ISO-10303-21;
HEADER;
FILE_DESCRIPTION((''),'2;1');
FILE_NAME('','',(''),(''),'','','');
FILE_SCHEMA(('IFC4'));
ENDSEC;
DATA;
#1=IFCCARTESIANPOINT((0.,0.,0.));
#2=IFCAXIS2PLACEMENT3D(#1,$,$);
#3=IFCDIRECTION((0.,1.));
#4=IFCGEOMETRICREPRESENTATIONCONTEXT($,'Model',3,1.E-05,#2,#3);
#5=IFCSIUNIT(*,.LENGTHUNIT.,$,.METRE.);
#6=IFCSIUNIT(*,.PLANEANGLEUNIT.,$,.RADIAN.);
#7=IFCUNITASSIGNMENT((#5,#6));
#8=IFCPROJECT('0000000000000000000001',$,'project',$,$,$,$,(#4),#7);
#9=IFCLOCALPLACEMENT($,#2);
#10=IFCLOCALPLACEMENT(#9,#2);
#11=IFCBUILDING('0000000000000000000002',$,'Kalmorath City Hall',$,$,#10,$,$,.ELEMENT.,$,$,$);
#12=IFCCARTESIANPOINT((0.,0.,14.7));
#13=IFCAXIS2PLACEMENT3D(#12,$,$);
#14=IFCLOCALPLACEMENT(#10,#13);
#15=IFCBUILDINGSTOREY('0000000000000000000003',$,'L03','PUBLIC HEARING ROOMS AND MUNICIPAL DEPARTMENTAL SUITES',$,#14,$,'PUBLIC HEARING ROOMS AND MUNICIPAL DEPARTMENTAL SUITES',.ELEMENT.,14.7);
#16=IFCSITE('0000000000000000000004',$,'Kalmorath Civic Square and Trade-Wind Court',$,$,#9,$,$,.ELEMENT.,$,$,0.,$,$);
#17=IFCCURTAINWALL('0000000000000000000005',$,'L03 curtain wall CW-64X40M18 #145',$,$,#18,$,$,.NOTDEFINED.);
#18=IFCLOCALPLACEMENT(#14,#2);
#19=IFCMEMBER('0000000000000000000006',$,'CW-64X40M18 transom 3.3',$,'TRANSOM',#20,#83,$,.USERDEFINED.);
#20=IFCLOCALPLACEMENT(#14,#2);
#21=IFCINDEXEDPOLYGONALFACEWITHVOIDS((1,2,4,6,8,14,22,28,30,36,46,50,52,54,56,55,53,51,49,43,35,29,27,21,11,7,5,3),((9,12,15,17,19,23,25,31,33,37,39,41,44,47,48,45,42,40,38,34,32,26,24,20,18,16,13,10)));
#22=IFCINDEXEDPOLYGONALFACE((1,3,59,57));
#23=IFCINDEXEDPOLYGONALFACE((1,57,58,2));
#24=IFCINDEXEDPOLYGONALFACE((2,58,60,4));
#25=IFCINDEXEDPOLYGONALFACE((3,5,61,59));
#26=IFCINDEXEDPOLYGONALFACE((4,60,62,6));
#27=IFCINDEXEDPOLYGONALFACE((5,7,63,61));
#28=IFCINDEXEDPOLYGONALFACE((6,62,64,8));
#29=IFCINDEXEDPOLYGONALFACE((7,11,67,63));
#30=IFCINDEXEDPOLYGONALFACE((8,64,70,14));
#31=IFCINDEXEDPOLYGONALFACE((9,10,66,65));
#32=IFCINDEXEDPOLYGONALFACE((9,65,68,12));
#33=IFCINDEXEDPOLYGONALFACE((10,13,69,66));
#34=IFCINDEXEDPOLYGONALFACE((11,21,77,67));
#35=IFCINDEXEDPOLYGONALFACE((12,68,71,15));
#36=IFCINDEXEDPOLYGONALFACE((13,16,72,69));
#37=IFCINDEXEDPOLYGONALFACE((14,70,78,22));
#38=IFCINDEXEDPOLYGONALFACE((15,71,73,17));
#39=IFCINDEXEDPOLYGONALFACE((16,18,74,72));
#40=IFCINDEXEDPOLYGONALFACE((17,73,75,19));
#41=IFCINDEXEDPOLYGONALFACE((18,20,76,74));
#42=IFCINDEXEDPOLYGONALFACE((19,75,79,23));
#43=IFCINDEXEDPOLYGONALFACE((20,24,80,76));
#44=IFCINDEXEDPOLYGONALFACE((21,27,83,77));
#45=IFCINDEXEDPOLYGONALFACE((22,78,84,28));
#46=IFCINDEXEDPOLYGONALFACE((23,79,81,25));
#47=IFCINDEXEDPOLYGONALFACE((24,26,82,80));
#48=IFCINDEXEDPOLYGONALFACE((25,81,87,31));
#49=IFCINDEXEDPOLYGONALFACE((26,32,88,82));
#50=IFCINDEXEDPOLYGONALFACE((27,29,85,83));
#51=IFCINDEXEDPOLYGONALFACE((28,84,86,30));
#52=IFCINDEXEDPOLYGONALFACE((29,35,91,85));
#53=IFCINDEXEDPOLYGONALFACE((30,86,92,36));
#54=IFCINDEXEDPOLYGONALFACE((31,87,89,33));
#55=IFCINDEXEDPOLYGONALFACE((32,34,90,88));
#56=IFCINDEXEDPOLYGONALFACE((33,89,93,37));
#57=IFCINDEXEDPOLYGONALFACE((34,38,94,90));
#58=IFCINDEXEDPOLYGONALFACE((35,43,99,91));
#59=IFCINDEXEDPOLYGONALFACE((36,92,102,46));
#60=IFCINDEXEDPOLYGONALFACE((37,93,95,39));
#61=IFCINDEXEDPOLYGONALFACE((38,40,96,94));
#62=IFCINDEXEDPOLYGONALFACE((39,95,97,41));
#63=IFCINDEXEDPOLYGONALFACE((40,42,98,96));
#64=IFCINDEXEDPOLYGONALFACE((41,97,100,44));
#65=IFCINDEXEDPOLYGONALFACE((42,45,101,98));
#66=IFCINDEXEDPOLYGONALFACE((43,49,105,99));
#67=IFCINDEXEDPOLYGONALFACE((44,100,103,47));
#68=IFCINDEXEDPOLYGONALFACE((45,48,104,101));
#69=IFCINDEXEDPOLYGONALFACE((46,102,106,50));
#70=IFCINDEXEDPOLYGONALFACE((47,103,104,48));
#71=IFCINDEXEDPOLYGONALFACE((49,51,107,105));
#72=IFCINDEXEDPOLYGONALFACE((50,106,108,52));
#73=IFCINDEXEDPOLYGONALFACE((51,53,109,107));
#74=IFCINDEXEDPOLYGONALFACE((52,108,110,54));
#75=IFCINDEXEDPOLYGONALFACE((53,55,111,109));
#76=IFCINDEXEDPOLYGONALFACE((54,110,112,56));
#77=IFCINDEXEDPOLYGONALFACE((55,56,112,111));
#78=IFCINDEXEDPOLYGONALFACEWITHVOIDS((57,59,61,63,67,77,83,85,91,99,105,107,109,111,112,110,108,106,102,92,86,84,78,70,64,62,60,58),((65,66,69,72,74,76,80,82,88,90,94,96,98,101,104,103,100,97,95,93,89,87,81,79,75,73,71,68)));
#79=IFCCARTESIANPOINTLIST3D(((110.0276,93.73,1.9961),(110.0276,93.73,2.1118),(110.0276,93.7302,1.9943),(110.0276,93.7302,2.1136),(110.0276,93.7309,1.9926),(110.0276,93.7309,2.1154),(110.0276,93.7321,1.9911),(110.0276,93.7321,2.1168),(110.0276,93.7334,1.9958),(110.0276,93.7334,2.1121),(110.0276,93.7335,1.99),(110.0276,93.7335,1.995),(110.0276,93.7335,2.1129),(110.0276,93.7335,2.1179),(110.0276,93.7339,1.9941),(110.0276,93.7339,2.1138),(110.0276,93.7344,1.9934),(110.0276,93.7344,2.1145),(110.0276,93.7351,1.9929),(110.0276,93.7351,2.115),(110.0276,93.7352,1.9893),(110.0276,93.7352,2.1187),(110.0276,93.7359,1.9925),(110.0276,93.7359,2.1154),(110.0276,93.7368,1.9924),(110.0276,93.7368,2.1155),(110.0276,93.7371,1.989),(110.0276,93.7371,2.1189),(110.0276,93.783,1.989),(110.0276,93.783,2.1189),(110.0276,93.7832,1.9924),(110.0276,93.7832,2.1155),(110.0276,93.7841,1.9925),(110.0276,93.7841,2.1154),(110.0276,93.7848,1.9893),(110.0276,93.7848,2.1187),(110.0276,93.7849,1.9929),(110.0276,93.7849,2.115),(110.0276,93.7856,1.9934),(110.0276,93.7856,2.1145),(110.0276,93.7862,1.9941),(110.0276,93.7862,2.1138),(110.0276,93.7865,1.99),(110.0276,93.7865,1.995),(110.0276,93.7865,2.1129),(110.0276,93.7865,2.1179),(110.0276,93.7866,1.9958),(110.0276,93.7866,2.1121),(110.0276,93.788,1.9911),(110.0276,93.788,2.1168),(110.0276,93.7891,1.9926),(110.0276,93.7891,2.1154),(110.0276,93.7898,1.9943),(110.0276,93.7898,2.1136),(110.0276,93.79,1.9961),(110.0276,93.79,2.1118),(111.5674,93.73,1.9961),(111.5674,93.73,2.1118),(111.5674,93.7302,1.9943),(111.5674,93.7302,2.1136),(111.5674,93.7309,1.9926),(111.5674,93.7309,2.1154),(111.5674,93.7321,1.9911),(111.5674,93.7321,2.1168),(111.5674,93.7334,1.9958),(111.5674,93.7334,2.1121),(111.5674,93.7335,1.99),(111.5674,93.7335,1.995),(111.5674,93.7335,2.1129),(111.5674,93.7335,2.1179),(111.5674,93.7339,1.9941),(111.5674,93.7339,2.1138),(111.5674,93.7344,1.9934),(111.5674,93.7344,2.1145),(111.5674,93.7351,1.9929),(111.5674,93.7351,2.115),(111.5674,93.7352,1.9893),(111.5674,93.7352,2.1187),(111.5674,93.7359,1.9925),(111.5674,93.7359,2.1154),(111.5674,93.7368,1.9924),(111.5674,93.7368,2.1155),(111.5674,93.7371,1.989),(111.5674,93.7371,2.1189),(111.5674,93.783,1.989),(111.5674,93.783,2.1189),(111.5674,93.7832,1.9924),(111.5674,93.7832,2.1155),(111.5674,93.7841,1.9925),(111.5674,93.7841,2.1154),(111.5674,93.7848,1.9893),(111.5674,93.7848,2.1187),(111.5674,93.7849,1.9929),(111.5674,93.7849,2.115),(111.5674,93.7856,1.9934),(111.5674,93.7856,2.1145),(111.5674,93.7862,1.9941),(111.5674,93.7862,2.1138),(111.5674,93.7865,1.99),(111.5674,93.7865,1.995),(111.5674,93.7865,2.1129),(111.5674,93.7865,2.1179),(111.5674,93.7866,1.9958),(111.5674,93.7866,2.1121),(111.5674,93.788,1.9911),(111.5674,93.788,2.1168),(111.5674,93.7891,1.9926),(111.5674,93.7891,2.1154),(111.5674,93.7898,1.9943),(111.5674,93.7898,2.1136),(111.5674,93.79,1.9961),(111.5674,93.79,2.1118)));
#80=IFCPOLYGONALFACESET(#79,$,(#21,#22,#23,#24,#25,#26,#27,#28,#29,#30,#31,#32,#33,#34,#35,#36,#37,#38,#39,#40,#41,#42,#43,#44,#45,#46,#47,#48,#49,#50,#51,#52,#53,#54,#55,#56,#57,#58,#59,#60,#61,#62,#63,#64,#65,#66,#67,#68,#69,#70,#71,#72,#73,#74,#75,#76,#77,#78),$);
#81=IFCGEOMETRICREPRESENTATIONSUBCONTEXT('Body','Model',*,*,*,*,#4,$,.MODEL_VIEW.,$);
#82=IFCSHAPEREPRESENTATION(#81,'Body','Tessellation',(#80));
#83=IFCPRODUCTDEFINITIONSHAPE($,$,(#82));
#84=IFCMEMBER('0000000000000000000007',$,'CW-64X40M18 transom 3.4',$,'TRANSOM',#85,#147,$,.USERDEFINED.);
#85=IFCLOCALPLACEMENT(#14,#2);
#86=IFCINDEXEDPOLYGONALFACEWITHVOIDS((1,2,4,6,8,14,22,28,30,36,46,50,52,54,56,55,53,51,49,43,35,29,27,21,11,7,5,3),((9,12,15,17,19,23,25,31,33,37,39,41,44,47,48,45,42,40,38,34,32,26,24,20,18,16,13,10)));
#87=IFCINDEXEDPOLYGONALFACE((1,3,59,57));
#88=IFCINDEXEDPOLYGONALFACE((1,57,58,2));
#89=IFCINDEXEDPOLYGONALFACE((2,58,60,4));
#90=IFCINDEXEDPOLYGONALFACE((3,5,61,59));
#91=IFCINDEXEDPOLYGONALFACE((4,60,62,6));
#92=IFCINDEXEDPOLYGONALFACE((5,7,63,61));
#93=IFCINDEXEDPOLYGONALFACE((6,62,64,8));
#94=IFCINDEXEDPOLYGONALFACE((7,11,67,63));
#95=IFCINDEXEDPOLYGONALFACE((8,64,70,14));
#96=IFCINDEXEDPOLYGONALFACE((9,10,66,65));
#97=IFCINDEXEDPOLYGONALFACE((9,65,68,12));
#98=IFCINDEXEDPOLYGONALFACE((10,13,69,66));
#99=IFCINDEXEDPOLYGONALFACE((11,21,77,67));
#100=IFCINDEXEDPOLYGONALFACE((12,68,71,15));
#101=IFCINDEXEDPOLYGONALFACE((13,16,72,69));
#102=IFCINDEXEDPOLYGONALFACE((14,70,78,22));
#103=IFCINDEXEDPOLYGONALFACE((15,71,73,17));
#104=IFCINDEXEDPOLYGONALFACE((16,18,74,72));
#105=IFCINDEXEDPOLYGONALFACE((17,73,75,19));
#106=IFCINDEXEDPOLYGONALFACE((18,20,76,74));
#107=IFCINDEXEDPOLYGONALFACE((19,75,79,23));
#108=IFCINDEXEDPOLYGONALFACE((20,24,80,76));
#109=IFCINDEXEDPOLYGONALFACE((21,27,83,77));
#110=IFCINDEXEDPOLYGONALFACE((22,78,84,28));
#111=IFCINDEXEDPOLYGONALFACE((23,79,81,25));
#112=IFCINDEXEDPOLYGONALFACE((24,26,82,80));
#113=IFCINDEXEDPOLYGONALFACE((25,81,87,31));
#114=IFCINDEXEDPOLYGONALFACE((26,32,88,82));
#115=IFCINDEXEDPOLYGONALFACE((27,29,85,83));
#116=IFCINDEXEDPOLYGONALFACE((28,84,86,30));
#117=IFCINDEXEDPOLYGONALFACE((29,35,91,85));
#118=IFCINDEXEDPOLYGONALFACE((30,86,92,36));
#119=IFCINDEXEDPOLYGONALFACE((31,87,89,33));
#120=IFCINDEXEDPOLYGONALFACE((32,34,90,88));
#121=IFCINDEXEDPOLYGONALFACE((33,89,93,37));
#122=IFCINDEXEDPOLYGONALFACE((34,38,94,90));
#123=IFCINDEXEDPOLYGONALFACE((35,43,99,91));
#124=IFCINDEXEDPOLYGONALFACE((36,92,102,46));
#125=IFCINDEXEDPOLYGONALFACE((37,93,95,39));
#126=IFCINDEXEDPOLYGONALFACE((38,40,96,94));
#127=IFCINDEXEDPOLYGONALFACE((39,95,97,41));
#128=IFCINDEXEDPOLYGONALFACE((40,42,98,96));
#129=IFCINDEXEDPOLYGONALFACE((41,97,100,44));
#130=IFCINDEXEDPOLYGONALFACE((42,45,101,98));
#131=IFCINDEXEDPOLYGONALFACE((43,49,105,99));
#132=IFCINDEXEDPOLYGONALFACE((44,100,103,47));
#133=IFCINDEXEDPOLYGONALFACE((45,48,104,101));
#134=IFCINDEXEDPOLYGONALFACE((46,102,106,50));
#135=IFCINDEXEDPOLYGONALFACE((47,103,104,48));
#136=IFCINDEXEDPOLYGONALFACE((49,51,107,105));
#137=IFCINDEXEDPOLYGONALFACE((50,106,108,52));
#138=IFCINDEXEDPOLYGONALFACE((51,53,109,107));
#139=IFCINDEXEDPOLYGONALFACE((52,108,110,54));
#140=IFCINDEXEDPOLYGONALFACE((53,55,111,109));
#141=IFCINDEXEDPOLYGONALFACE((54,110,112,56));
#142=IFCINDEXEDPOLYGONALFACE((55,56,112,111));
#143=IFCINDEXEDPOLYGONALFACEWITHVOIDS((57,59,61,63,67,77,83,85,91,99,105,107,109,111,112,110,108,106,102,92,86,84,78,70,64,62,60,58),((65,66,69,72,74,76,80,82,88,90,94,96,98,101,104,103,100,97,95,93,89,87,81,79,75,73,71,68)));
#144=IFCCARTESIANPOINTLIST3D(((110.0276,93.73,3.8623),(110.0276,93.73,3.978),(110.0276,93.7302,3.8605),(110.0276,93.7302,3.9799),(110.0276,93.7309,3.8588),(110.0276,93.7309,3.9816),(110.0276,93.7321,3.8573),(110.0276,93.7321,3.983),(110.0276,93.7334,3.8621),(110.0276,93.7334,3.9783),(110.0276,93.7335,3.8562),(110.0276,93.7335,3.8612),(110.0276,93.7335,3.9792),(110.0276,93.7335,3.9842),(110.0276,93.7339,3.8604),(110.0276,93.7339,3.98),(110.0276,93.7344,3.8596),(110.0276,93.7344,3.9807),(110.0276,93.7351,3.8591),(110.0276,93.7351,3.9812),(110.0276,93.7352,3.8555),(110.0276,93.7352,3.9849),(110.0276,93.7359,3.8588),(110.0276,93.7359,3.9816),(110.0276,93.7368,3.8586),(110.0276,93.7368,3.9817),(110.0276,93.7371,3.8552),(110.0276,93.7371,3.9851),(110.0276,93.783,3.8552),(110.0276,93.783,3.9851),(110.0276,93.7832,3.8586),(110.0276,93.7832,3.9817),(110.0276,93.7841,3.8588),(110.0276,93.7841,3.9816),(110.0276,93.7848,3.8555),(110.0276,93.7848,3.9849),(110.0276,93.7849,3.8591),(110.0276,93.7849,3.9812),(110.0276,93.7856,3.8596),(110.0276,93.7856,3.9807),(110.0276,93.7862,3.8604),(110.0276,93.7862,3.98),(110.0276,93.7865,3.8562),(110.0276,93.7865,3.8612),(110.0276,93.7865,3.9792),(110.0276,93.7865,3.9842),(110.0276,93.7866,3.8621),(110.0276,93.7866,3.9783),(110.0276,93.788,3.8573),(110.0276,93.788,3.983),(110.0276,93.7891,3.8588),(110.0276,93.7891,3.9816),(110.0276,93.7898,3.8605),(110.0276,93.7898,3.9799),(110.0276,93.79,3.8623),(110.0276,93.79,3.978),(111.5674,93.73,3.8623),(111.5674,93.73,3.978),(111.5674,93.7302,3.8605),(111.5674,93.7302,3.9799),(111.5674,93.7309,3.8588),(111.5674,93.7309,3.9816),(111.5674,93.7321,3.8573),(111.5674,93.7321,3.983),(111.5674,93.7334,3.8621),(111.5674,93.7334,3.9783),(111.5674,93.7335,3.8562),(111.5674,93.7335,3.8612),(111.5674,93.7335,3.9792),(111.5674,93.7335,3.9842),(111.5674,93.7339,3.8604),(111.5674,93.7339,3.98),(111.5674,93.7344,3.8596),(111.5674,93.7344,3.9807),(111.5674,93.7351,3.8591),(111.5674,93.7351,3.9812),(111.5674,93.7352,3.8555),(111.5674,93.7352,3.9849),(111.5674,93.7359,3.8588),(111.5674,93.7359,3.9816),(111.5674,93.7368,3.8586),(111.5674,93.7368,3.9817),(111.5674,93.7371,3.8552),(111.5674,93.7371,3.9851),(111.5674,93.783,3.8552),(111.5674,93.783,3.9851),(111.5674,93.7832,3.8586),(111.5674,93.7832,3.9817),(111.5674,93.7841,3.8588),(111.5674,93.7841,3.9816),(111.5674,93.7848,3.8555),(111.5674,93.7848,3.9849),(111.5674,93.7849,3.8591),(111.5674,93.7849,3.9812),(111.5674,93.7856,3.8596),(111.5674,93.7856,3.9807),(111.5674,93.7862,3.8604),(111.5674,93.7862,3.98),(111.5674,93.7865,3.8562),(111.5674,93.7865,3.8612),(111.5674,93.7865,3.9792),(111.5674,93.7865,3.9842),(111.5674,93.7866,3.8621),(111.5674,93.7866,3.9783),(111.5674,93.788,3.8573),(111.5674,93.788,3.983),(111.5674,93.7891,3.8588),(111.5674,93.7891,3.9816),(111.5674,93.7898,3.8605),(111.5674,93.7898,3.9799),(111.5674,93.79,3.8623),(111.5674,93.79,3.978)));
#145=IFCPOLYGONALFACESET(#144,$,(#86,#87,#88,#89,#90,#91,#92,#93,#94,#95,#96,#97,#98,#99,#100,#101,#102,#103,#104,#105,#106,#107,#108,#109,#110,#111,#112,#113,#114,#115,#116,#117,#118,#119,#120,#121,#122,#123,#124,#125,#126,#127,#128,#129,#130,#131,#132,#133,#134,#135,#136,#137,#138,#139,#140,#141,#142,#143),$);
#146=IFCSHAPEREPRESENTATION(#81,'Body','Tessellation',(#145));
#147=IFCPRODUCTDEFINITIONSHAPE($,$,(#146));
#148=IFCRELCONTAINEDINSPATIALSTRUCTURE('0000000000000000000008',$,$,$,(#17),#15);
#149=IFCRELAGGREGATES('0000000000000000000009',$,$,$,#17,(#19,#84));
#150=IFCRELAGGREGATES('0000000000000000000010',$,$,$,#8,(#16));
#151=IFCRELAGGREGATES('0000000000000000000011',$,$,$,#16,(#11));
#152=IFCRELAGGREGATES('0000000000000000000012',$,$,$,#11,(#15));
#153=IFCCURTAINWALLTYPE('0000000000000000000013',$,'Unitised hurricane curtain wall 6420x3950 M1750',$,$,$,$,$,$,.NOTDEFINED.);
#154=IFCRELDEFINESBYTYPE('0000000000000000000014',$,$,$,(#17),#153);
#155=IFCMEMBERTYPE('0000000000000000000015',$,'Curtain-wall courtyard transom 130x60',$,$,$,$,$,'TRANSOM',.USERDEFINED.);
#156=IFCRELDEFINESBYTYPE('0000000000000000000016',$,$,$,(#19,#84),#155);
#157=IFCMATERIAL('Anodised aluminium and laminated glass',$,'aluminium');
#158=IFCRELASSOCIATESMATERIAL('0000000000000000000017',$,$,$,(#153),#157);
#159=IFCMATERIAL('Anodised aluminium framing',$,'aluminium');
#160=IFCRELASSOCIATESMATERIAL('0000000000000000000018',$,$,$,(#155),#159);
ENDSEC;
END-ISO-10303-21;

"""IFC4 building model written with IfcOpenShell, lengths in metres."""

from ifc_helpers import new_model, si_unit, direction, frame, origin, origin_2d, place, context, subcontext, project, spatial, hollow_rectangle, extrude, material, material_profile, profile_set, type_object, element, aggregate, save


model = new_model("IFC4")

# Units and contexts
model_context = context("Model", 3, precision=1e-05, world=origin(), true_north=direction((0.0, 1.0)))
body_context = subcontext(model_context, "Body", "Model", "MODEL_VIEW")
ifc_project = project(units=[si_unit("LENGTHUNIT", "METRE"), si_unit("PLANEANGLEUNIT", "RADIAN")], contexts=[model_context])

# Site, building, storey
site_placement = place(None, origin())
site = spatial("IfcSite", under=ifc_project, at=site_placement, Name="Kalmorath Civic Square and Trade-Wind Court", CompositionType="ELEMENT", RefElevation=0.0)
building_placement = place(site_placement, origin())
building = spatial("IfcBuilding", under=site, at=building_placement, Name="Kalmorath City Hall", CompositionType="ELEMENT")
storey_placement = place(building_placement, frame((0.0, 0.0, 14.7)))
storey = spatial("IfcBuildingStorey", under=building, at=storey_placement, Name="L03", Description="PUBLIC HEARING ROOMS AND MUNICIPAL DEPARTMENTAL SUITES", LongName="PUBLIC HEARING ROOMS AND MUNICIPAL DEPARTMENTAL SUITES", CompositionType="ELEMENT", Elevation=14.7)

# Curtain wall, members
ifc_material_1 = material(Name="Anodised aluminium and laminated glass", Category="aluminium")
curtain_wall_type = type_object("IfcCurtainWallType", Name="Unitised hurricane curtain wall 6420x3950 M1750", PredefinedType="NOTDEFINED", material=ifc_material_1)
curtain_wall_placement = place(storey_placement, origin())
curtain_wall = element("IfcCurtainWall", 1, at=curtain_wall_placement, inside=storey, type_object=curtain_wall_type, Name="L03 curtain wall CW-64X40M18 #145", PredefinedType="NOTDEFINED")
ifc_material_2 = material(Name="Anodised aluminium framing", Category="aluminium")
ifc_material_profile_1 = material_profile(ifc_material_2, hollow_rectangle(XDim=0.0601, YDim=0.1299, WallThickness=0.0034, InnerFilletRadius=0.0034, OuterFilletRadius=0.0071, at=origin_2d()), Name="ALU-TRN-130X60X3.5")
ifc_profile_set_1 = profile_set([ifc_material_profile_1], Name="Anodised aluminium framing")
member_type_1 = type_object("IfcMemberType", Name="Curtain-wall courtyard transom 130x60", ElementType="TRANSOM", PredefinedType="USERDEFINED", material=ifc_profile_set_1)
member_1_placement = place(storey_placement, frame((111.5674, 93.76, 2.054), z_axis=(-1.0, 0.0, 0.0), x_axis=(0.0, -1.0, 0.0)))
member_1 = element("IfcMember", 2, at=member_1_placement, type_object=member_type_1, Name="CW-64X40M18 transom 3.3", ObjectType="TRANSOM", PredefinedType="USERDEFINED", context=body_context, shape_type="SweptSolid", body=[
    extrude(hollow_rectangle(XDim=0.0601, YDim=0.1299, WallThickness=0.0034, InnerFilletRadius=0.0034, OuterFilletRadius=0.0071, at=origin_2d()), origin(), (0.0, 0.0, 1.0), 1.5398),
])
member_2_placement = place(storey_placement, frame((111.5674, 93.76, 3.9202), z_axis=(-1.0, 0.0, 0.0), x_axis=(0.0, -1.0, 0.0)))
member_2 = element("IfcMember", 3, at=member_2_placement, type_object=member_type_1, Name="CW-64X40M18 transom 3.4", ObjectType="TRANSOM", PredefinedType="USERDEFINED", context=body_context, shape_type="SweptSolid", body=[
    extrude(hollow_rectangle(XDim=0.0601, YDim=0.1299, WallThickness=0.0034, InnerFilletRadius=0.0034, OuterFilletRadius=0.0071, at=origin_2d()), origin(), (0.0, 0.0, 1.0), 1.5398),
])
aggregate(curtain_wall, [member_1, member_2])

save(model, "model.ifc")
